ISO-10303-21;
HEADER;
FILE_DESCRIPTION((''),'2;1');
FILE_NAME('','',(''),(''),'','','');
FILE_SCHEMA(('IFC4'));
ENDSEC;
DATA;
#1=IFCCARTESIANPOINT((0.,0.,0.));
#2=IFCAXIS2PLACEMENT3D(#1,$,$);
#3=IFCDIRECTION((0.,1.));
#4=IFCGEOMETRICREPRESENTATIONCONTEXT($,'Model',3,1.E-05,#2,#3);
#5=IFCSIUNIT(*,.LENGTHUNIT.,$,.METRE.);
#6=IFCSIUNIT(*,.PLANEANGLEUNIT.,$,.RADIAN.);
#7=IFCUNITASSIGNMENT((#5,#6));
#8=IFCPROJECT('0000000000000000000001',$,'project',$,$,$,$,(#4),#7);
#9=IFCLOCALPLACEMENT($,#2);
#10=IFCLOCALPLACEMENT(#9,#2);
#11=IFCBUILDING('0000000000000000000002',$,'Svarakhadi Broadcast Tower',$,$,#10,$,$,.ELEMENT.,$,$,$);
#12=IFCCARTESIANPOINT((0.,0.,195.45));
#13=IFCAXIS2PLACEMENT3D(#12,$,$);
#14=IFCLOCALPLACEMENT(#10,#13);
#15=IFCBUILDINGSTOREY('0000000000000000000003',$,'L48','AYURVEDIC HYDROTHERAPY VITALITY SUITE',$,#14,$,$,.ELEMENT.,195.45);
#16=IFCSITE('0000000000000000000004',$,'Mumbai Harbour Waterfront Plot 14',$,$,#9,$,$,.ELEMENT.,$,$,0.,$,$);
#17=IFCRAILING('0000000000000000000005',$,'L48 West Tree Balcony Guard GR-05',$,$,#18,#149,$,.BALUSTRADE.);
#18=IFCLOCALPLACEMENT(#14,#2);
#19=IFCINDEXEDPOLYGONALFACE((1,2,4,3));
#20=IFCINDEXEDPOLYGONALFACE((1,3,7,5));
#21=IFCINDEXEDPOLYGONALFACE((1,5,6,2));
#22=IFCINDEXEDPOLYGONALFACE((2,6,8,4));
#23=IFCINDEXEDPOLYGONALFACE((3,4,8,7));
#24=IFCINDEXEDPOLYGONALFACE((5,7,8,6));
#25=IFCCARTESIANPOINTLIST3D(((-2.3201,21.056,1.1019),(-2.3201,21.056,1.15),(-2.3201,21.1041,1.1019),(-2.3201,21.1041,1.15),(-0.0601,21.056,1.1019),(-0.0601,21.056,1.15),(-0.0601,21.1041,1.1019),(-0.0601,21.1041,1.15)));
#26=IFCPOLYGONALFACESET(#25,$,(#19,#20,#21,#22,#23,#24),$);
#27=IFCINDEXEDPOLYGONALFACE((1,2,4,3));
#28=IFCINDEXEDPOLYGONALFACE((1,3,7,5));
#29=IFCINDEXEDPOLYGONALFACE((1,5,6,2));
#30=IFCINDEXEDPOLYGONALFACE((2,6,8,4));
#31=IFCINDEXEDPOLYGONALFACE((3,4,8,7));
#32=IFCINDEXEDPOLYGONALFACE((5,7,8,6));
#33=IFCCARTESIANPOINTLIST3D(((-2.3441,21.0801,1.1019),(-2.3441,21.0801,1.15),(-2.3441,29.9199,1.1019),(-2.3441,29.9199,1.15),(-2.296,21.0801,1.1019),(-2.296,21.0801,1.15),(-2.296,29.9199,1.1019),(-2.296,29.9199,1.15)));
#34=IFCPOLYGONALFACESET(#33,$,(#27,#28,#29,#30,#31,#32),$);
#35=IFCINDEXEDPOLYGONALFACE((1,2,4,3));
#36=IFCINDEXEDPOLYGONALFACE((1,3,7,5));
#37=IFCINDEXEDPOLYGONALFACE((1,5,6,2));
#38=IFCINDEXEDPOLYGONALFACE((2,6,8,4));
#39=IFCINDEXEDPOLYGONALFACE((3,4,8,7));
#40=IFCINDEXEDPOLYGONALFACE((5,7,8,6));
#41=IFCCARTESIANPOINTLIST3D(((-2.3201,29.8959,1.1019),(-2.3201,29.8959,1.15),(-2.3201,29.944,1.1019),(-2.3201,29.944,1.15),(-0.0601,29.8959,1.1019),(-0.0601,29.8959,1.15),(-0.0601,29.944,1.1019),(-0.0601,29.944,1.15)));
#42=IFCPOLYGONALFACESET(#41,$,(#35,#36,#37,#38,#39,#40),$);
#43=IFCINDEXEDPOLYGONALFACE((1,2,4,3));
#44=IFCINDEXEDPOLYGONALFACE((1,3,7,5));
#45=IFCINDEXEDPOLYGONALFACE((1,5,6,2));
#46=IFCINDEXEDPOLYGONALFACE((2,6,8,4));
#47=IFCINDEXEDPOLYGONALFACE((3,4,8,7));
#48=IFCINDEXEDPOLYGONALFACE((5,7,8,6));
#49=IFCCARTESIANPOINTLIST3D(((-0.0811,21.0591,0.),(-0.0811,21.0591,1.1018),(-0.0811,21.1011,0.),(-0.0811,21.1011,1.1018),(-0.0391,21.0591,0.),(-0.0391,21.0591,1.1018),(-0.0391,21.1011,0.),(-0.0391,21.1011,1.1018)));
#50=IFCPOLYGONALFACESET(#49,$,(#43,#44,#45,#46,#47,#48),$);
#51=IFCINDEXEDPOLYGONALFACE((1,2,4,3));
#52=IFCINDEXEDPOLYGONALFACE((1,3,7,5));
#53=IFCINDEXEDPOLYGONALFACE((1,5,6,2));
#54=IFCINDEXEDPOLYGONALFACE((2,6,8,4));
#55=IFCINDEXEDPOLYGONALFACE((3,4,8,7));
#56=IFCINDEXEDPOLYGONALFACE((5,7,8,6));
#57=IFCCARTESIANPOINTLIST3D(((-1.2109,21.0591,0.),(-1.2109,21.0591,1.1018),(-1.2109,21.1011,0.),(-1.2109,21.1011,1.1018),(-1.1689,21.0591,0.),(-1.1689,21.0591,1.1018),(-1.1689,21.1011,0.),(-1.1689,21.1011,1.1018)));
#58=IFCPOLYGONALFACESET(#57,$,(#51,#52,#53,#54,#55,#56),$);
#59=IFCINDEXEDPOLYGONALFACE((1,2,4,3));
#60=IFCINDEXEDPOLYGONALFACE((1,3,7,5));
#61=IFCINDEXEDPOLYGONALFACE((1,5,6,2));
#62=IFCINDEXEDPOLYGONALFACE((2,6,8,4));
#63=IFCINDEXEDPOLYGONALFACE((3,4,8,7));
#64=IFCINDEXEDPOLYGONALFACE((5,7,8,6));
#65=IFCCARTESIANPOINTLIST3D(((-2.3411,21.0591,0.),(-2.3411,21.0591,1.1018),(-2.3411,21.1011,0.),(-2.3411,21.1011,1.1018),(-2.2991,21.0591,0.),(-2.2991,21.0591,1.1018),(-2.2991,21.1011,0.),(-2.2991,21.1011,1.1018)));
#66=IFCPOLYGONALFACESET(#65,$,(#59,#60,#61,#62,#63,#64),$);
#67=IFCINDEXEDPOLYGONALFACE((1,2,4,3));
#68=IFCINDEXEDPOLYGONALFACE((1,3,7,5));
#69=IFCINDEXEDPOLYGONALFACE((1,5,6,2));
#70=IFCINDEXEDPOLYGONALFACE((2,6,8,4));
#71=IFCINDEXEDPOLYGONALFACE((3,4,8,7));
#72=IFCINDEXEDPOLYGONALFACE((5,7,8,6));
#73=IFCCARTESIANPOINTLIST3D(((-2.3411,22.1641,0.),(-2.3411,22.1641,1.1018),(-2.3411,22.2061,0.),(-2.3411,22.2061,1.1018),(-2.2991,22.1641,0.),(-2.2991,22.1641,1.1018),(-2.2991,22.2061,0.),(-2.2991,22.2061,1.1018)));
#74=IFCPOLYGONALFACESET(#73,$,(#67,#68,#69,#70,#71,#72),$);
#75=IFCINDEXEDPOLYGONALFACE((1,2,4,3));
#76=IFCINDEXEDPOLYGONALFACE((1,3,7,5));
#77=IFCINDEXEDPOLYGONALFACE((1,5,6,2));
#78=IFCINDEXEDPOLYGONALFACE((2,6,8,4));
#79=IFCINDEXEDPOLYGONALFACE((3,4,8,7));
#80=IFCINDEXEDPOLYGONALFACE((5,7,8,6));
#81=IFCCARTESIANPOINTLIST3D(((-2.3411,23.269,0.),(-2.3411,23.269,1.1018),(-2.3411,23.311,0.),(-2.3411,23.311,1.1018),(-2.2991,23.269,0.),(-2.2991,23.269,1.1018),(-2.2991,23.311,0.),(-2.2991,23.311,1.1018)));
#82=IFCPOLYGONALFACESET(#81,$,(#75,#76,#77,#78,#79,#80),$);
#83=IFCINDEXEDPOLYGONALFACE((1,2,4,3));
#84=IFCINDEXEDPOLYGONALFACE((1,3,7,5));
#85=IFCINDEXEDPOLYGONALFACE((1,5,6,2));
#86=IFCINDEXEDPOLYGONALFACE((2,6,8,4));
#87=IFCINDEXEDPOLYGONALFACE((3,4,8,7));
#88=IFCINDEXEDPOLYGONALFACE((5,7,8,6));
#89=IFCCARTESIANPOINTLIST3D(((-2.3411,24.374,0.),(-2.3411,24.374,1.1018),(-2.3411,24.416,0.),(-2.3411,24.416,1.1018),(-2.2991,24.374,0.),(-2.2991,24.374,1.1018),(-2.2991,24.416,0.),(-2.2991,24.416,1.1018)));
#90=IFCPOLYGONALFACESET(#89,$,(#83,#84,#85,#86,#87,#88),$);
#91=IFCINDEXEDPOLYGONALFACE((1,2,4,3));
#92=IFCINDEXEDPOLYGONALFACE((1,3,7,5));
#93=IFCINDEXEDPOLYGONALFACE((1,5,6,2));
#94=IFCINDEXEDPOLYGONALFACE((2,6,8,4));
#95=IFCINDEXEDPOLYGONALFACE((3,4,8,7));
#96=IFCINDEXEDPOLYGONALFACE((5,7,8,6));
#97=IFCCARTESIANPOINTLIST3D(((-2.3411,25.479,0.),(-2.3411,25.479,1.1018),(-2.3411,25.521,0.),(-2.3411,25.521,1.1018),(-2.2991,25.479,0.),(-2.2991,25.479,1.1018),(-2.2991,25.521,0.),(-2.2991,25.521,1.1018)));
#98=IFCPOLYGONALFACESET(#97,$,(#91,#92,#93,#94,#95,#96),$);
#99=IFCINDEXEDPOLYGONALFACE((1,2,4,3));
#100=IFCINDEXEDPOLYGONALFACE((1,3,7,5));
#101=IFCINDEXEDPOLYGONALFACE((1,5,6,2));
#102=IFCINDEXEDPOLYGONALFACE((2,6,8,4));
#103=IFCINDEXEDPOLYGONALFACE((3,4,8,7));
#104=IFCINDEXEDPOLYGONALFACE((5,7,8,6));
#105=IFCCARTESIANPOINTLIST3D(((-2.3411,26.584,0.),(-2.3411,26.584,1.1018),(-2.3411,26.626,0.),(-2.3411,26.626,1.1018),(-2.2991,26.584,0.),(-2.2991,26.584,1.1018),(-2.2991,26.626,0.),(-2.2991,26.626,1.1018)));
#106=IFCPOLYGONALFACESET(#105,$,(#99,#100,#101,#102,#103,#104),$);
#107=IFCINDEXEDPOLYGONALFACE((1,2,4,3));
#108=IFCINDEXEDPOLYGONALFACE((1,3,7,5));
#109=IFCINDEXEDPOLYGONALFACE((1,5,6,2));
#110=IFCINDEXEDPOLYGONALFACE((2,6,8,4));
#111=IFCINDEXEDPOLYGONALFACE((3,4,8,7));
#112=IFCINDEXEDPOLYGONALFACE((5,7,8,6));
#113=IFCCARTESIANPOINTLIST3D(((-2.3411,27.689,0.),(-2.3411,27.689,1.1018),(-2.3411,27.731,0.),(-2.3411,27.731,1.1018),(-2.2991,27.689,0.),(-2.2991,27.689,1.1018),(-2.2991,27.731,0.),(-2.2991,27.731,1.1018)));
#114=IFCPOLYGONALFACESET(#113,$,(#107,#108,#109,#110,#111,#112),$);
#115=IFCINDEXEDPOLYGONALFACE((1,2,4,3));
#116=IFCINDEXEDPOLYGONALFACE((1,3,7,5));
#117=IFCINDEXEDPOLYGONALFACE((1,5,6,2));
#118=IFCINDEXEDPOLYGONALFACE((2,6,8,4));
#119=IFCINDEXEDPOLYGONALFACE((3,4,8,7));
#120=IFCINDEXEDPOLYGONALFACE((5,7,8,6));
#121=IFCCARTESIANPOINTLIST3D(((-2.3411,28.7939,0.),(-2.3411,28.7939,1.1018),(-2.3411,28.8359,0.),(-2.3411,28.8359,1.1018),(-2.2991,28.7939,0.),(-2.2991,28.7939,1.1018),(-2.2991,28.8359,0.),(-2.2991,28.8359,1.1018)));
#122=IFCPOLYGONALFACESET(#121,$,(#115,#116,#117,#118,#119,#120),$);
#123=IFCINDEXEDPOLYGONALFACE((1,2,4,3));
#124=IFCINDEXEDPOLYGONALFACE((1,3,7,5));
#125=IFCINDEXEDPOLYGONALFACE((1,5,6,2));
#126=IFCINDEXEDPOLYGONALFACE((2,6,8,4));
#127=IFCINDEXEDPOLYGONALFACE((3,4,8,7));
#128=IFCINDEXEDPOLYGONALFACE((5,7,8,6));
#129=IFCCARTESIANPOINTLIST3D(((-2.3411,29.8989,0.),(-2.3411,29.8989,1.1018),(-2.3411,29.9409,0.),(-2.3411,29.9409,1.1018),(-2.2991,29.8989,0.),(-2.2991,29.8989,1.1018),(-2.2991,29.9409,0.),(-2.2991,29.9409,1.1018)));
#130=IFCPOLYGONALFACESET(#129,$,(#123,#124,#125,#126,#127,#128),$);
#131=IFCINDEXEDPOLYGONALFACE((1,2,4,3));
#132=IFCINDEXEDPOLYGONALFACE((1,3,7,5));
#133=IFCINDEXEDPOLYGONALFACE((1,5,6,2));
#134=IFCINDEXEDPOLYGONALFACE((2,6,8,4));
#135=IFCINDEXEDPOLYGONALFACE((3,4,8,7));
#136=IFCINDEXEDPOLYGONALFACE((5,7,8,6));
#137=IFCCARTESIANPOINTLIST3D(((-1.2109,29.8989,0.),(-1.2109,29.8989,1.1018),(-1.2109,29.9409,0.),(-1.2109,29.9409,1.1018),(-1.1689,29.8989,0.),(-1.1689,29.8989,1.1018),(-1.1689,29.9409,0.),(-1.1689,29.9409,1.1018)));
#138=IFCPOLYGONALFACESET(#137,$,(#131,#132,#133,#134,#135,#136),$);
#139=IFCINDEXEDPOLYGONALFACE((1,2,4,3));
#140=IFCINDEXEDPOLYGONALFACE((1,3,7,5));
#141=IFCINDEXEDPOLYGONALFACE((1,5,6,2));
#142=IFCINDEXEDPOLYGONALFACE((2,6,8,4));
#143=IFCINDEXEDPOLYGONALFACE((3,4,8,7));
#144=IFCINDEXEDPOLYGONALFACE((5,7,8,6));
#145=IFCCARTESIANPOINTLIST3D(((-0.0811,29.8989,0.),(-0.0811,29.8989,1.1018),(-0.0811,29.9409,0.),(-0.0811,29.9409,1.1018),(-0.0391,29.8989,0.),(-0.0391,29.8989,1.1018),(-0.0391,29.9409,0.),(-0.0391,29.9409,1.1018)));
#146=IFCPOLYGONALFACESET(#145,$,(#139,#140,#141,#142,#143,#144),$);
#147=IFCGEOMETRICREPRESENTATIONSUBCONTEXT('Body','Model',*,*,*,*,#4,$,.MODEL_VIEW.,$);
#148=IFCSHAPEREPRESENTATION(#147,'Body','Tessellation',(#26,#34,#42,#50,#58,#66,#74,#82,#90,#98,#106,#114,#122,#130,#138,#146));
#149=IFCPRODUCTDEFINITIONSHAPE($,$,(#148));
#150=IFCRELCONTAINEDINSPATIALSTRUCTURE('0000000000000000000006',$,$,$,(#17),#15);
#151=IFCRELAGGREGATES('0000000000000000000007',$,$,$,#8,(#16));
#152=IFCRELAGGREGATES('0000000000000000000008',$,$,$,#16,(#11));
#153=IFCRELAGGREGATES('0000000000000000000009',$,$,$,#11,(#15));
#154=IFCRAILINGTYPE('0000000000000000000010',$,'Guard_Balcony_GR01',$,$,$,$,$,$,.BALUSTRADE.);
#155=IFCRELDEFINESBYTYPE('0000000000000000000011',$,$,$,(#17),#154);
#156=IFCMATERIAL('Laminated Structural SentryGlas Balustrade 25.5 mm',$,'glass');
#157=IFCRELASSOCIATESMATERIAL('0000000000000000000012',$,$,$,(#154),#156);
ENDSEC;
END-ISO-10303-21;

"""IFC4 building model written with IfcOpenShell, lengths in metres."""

from ifc_helpers import new_model, si_unit, direction, frame, origin, origin_2d, place, context, subcontext, project, spatial, rectangle, extrude, material, type_object, element, save


model = new_model("IFC4")

# Units and contexts
model_context = context("Model", 3, precision=1e-05, world=origin(), true_north=direction((0.0, 1.0)))
body_context = subcontext(model_context, "Body", "Model", "MODEL_VIEW")
ifc_project = project(units=[si_unit("LENGTHUNIT", "METRE"), si_unit("PLANEANGLEUNIT", "RADIAN")], contexts=[model_context])

# Site, building, storey
site_placement = place(None, origin())
site = spatial("IfcSite", under=ifc_project, at=site_placement, Name="Mumbai Harbour Waterfront Plot 14", CompositionType="ELEMENT", RefElevation=0.0)
building_placement = place(site_placement, origin())
building = spatial("IfcBuilding", under=site, at=building_placement, Name="Svarakhadi Broadcast Tower", CompositionType="ELEMENT")
storey_placement = place(building_placement, frame((0.0, 0.0, 195.45)))
storey = spatial("IfcBuildingStorey", under=building, at=storey_placement, Name="L48", Description="AYURVEDIC HYDROTHERAPY VITALITY SUITE", CompositionType="ELEMENT", Elevation=195.45)

# Railing
ifc_material_1 = material(Name="Laminated Structural SentryGlas Balustrade 25.5 mm", Category="glass")
railing_type = type_object("IfcRailingType", Name="Guard_Balcony_GR01", PredefinedType="BALUSTRADE", material=ifc_material_1)
railing_placement = place(storey_placement, frame((-0.0601, 21.0801, 0.0)))
element("IfcRailing", 1, at=railing_placement, inside=storey, type_object=railing_type, Name="L48 West Tree Balcony Guard GR-05", PredefinedType="BALUSTRADE", context=body_context, shape_type="SweptSolid", body=[
    extrude(rectangle(XDim=0.0481, YDim=0.0481, at=origin_2d()), frame((0.0, 0.0, 1.126), z_axis=(-1.0, 0.0, 0.0), x_axis=(0.0, -1.0, 0.0)), (0.0, 0.0, 1.0), 2.26),
    extrude(rectangle(XDim=0.0481, YDim=0.0481, at=origin_2d()), frame((-2.26, 0.0, 1.126), z_axis=(0.0, 1.0, 0.0), x_axis=(-1.0, 0.0, 0.0)), (0.0, 0.0, 1.0), 8.8398),
    extrude(rectangle(XDim=0.0481, YDim=0.0481, at=origin_2d()), frame((-2.26, 8.8398, 1.126), z_axis=(1.0, 0.0, 0.0), x_axis=(0.0, 1.0, 0.0)), (0.0, 0.0, 1.0), 2.26),
    extrude(rectangle(XDim=0.042, YDim=0.042, at=origin_2d()), origin(), (0.0, 0.0, 1.0), 1.1018),
    extrude(rectangle(XDim=0.042, YDim=0.042, at=origin_2d()), frame((-1.1299, 0.0, 0.0)), (0.0, 0.0, 1.0), 1.1018),
    extrude(rectangle(XDim=0.042, YDim=0.042, at=origin_2d()), frame((-2.26, 0.0, 0.0)), (0.0, 0.0, 1.0), 1.1018),
    extrude(rectangle(XDim=0.042, YDim=0.042, at=origin_2d()), frame((-2.26, 1.105, 0.0)), (0.0, 0.0, 1.0), 1.1018),
    extrude(rectangle(XDim=0.042, YDim=0.042, at=origin_2d()), frame((-2.26, 2.21, 0.0)), (0.0, 0.0, 1.0), 1.1018),
    extrude(rectangle(XDim=0.042, YDim=0.042, at=origin_2d()), frame((-2.26, 3.3149, 0.0)), (0.0, 0.0, 1.0), 1.1018),
    extrude(rectangle(XDim=0.042, YDim=0.042, at=origin_2d()), frame((-2.26, 4.4199, 0.0)), (0.0, 0.0, 1.0), 1.1018),
    extrude(rectangle(XDim=0.042, YDim=0.042, at=origin_2d()), frame((-2.26, 5.5249, 0.0)), (0.0, 0.0, 1.0), 1.1018),
    extrude(rectangle(XDim=0.042, YDim=0.042, at=origin_2d()), frame((-2.26, 6.6299, 0.0)), (0.0, 0.0, 1.0), 1.1018),
    extrude(rectangle(XDim=0.042, YDim=0.042, at=origin_2d()), frame((-2.26, 7.7349, 0.0)), (0.0, 0.0, 1.0), 1.1018),
    extrude(rectangle(XDim=0.042, YDim=0.042, at=origin_2d()), frame((-2.26, 8.8398, 0.0)), (0.0, 0.0, 1.0), 1.1018),
    extrude(rectangle(XDim=0.042, YDim=0.042, at=origin_2d()), frame((-1.1299, 8.8398, 0.0)), (0.0, 0.0, 1.0), 1.1018),
    extrude(rectangle(XDim=0.042, YDim=0.042, at=origin_2d()), frame((0.0, 8.8398, 0.0)), (0.0, 0.0, 1.0), 1.1018),
])

save(model, "model.ifc")
